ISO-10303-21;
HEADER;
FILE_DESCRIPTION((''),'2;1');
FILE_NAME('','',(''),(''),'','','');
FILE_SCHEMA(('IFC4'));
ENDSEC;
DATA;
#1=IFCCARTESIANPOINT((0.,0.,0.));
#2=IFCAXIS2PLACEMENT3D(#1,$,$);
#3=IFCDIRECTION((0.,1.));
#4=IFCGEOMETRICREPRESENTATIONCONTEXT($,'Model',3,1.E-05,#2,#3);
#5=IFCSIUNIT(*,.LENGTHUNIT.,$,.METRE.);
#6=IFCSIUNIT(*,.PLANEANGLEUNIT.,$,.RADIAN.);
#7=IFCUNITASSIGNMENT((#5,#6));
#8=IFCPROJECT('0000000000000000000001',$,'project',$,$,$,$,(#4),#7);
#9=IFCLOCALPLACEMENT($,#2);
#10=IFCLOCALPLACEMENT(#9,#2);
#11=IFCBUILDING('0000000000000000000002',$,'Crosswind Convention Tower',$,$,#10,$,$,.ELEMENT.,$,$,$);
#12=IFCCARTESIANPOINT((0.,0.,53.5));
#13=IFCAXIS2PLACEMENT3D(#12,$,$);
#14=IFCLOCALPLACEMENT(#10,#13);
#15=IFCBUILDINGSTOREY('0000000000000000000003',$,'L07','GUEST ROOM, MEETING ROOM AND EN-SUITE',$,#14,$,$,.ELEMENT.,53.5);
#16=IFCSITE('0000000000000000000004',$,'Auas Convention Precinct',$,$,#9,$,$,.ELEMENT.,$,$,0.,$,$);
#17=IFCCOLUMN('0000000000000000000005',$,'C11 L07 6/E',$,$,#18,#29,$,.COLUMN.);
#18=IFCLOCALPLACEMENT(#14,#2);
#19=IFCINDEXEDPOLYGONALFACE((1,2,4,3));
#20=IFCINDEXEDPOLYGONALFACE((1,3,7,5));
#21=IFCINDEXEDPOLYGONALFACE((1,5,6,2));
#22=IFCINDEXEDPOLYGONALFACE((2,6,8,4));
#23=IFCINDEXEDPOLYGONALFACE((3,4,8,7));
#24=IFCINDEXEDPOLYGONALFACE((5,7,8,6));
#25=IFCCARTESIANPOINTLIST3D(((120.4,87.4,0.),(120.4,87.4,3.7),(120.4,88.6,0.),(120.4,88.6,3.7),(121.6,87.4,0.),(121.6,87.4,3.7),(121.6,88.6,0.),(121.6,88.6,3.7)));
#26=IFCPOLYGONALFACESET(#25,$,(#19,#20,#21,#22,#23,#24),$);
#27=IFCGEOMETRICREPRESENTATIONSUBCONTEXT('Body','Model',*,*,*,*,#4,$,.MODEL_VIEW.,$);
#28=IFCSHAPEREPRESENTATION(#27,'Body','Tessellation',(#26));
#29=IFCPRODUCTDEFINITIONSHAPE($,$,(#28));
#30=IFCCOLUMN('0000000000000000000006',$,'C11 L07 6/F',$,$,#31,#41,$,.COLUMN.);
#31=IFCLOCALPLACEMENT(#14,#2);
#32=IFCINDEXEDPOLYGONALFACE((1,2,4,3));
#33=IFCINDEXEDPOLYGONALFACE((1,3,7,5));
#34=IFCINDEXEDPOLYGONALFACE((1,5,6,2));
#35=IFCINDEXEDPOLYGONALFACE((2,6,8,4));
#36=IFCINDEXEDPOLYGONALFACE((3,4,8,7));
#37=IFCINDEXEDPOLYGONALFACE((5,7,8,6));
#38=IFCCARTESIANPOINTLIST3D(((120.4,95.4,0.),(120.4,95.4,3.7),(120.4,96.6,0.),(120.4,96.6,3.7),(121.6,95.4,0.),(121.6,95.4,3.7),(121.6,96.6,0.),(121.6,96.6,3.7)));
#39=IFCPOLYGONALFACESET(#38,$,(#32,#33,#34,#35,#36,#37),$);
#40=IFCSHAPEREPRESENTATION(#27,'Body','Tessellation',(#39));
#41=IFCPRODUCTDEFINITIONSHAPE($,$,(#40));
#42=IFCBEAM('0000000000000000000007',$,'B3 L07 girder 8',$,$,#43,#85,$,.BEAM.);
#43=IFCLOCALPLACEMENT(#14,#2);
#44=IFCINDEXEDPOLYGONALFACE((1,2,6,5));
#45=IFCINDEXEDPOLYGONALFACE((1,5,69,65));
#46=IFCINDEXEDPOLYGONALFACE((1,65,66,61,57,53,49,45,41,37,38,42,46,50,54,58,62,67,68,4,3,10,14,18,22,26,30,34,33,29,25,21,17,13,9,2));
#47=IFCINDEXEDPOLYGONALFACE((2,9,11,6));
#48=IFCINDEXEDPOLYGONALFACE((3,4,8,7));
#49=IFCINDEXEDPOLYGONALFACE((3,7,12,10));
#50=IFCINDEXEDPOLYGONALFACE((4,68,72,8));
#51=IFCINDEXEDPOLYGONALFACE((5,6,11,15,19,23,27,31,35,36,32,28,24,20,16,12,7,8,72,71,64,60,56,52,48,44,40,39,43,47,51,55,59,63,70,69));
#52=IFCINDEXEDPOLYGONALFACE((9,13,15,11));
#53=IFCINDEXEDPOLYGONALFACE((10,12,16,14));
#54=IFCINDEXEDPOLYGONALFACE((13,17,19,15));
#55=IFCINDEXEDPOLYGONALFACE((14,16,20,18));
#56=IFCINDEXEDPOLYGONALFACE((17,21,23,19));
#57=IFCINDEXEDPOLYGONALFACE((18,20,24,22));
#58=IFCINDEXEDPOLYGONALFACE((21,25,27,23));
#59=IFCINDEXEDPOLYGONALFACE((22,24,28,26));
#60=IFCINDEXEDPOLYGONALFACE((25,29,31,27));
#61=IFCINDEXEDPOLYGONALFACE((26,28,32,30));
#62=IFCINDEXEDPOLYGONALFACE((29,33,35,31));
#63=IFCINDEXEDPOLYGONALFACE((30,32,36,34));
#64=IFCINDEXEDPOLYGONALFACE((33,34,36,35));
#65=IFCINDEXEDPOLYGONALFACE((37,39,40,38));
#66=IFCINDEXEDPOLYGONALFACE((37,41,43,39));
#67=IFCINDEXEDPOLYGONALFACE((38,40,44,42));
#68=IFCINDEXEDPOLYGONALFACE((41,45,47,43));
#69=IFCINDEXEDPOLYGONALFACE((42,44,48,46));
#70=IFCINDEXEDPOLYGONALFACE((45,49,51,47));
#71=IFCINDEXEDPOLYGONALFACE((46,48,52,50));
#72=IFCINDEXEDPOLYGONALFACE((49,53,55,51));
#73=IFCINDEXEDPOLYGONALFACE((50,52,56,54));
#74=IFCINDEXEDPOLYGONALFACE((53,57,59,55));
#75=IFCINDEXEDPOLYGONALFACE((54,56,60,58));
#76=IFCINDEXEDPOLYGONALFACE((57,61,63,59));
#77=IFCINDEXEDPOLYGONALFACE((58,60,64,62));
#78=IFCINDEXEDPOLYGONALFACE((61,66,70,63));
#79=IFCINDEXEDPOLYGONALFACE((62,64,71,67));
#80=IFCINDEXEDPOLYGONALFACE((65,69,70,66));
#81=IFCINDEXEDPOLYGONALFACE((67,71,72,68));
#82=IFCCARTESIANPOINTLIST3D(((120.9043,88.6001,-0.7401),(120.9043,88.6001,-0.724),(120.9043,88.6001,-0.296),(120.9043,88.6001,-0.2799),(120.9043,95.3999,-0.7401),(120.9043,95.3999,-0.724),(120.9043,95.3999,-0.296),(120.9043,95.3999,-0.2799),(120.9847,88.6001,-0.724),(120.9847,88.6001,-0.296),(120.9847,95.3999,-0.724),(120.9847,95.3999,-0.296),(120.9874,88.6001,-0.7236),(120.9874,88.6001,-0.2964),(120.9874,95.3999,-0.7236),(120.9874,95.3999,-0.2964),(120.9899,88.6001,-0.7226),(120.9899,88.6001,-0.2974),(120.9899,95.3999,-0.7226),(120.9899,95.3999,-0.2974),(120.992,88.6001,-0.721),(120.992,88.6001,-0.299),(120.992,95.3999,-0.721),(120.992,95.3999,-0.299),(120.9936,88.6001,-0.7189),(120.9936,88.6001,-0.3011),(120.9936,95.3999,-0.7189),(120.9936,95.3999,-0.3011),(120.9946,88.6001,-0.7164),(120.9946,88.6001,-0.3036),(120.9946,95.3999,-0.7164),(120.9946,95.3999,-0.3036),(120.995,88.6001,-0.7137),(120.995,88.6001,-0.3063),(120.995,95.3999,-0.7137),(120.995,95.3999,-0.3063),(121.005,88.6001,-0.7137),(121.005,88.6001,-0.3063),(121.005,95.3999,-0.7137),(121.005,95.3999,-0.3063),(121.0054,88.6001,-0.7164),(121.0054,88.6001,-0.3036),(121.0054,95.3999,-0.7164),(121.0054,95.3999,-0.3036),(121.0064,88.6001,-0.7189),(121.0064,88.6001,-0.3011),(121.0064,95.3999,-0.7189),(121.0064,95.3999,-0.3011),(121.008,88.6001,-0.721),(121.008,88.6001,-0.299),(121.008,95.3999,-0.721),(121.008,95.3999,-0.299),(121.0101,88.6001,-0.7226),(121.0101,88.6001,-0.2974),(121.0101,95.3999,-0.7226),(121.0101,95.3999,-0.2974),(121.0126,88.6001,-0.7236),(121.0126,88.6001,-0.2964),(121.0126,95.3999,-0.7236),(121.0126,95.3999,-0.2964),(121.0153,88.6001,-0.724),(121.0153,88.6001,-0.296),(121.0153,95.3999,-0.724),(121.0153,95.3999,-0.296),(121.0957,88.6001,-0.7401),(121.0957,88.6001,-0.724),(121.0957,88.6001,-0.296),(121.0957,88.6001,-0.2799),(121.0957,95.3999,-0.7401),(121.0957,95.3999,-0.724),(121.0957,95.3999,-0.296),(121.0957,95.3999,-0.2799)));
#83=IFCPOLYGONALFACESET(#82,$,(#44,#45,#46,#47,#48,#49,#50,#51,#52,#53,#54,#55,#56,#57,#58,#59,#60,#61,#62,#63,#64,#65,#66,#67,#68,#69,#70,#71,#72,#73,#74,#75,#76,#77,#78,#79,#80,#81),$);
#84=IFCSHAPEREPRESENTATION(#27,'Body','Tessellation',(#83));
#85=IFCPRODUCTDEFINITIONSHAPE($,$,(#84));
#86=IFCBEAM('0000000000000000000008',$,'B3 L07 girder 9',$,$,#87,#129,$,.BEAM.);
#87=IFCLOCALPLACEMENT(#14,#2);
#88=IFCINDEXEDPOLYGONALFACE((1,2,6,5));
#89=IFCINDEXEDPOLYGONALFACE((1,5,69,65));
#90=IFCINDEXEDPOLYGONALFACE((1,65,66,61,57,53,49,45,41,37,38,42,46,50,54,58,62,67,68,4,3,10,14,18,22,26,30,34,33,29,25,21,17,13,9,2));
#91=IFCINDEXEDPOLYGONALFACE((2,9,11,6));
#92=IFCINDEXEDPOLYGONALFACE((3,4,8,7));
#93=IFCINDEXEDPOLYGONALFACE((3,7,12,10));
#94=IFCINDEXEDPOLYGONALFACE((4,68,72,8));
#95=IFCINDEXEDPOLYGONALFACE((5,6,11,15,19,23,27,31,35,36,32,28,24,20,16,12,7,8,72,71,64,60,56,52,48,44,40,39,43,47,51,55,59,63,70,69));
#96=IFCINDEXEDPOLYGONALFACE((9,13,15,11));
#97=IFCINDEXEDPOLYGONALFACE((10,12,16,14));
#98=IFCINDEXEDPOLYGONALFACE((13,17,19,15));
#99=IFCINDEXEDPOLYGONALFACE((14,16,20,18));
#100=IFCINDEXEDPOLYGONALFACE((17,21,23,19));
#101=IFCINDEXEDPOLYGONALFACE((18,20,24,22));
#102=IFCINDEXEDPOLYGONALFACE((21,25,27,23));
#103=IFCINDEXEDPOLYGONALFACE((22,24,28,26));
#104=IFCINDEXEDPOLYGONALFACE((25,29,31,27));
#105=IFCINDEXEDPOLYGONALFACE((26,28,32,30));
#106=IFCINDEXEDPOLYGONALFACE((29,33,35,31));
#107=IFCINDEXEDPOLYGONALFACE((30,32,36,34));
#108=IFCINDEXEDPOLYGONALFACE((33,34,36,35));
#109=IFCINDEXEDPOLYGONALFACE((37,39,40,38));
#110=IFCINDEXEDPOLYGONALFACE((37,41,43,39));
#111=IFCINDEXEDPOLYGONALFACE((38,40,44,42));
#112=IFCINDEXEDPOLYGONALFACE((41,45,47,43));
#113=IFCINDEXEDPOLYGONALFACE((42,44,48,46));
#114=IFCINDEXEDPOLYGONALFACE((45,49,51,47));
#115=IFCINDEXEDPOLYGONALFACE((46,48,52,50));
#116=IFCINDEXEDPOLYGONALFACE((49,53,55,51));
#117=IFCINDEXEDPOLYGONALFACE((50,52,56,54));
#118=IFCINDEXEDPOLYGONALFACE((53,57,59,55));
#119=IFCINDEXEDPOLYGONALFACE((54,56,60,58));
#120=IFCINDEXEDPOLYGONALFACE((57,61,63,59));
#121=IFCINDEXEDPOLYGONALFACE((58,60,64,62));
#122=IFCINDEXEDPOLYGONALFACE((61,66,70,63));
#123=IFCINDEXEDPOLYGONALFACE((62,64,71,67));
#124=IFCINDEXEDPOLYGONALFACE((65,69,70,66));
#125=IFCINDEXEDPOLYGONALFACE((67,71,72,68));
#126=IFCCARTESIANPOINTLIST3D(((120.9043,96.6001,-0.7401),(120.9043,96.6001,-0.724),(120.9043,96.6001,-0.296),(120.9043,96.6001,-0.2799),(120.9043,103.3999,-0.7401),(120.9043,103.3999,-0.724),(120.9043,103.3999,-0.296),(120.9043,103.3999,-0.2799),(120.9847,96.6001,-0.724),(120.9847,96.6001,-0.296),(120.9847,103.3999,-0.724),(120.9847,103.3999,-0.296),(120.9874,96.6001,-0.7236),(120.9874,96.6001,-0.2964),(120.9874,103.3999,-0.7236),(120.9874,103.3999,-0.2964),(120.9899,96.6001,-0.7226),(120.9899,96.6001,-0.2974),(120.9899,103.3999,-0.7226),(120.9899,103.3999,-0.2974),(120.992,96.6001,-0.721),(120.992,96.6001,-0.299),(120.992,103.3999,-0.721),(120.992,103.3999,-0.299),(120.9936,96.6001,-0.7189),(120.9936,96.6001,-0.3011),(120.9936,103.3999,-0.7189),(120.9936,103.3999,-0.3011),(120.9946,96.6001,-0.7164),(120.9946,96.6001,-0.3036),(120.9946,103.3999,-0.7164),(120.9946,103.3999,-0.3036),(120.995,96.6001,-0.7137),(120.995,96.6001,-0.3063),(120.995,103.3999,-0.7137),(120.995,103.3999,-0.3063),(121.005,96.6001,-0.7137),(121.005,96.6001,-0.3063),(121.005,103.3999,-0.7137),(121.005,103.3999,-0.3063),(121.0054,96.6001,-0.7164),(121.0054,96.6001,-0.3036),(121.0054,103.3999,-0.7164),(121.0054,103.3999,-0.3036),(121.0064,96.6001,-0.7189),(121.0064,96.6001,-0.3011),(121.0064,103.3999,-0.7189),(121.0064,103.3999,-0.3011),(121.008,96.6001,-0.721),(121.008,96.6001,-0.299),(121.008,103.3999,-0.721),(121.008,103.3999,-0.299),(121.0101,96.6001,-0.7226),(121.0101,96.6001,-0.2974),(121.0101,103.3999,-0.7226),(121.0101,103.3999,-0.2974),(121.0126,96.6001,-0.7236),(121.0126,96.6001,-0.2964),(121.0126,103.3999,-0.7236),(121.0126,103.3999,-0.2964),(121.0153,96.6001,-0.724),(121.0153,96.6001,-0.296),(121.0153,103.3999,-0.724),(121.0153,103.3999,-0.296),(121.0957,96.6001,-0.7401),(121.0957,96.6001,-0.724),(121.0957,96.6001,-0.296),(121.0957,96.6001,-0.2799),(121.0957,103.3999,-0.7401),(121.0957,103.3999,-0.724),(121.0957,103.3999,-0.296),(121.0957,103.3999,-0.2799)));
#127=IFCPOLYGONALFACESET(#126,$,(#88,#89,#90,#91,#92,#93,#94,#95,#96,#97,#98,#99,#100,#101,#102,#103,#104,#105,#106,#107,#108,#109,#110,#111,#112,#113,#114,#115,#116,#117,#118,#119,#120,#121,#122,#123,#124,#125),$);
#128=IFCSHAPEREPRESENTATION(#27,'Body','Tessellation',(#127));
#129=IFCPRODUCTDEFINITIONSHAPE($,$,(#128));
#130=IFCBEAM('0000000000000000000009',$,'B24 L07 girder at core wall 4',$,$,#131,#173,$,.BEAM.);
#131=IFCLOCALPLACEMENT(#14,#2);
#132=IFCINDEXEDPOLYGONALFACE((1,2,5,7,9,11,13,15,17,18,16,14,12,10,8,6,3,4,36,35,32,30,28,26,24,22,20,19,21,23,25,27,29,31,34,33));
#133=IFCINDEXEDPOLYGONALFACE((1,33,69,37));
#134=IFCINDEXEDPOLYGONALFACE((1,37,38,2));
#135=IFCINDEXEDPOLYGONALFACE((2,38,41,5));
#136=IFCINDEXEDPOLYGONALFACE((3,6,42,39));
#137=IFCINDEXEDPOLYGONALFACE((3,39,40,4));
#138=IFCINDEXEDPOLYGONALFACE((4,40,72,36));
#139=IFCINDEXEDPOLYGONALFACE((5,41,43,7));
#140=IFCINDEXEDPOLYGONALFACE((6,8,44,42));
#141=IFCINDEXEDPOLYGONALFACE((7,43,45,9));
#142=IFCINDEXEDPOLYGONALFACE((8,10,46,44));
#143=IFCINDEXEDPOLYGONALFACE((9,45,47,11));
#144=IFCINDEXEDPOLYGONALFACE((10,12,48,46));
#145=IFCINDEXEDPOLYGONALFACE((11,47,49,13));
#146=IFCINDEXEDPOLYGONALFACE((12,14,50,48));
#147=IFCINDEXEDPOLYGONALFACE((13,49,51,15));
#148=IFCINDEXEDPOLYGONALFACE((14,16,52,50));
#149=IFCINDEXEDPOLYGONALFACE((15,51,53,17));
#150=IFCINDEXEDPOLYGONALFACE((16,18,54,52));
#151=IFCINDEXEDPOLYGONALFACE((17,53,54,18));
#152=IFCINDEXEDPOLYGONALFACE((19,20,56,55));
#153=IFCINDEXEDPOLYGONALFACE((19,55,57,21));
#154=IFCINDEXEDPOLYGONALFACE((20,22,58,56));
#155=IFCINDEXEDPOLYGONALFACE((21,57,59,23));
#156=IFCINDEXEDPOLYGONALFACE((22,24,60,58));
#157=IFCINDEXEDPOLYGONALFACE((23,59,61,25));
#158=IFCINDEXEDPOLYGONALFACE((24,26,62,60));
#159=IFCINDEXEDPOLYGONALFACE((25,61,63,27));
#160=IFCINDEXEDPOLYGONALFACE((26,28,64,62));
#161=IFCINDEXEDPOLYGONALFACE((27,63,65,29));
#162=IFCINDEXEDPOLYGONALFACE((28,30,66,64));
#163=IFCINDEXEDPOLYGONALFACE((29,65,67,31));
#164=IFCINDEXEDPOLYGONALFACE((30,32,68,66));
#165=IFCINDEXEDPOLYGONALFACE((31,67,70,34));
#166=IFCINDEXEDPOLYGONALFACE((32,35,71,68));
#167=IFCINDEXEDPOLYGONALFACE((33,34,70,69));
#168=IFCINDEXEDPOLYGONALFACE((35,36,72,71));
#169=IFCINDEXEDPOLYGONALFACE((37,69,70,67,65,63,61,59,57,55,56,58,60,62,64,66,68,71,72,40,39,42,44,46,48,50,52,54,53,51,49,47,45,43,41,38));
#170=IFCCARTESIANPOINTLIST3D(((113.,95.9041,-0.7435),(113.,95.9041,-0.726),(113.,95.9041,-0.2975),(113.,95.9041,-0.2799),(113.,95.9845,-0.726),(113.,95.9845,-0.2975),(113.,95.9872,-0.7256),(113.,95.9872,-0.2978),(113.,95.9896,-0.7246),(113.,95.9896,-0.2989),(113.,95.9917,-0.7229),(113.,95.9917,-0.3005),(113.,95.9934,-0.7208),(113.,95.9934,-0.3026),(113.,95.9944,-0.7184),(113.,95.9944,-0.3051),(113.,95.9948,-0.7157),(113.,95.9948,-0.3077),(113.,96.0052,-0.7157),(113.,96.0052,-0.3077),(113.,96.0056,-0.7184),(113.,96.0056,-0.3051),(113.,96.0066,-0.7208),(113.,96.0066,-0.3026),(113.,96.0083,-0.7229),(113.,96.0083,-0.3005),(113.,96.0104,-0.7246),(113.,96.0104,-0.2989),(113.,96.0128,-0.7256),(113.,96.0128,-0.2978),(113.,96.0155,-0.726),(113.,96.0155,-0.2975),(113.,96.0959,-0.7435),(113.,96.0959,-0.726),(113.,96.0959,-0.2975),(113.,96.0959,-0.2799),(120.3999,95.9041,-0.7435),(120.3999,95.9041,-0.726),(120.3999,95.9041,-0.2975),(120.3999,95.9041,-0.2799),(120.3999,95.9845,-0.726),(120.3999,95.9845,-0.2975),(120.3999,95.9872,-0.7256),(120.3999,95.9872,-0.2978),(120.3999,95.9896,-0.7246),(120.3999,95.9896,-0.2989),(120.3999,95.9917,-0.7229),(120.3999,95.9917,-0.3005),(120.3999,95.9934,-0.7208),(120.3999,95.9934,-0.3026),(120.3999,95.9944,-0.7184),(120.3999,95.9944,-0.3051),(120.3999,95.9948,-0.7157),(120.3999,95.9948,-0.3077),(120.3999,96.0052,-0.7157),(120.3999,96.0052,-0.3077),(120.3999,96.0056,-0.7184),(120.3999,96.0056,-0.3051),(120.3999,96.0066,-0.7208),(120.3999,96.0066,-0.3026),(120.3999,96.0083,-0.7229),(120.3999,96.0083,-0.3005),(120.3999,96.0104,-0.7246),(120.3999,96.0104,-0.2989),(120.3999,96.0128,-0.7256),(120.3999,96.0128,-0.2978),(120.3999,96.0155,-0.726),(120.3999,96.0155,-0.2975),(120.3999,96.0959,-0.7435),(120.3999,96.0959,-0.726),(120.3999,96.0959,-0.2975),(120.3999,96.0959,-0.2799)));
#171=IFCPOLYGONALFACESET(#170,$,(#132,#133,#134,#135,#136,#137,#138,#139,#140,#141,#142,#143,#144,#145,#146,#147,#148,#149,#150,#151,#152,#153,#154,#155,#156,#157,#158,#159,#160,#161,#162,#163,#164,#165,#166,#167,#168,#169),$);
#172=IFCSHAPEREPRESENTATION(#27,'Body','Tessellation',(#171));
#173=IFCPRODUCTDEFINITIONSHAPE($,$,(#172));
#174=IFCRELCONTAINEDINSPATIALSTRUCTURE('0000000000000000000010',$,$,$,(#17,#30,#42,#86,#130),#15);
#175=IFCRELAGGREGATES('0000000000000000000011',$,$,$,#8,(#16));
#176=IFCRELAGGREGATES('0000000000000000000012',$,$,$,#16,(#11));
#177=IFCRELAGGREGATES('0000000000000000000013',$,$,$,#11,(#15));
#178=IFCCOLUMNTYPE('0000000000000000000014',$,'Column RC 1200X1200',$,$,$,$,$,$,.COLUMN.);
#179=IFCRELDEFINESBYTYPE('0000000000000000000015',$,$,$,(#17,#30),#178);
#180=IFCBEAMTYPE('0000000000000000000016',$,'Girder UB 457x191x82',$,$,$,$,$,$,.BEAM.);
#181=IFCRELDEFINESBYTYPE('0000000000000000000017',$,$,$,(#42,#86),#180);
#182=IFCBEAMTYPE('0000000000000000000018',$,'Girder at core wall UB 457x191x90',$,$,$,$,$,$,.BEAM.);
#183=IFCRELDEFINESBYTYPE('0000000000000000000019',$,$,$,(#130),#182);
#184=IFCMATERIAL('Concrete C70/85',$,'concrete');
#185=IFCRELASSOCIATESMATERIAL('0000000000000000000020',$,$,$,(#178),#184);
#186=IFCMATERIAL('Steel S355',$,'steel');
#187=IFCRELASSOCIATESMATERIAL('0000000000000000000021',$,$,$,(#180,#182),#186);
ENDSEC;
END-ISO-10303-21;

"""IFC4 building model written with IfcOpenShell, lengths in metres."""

from ifc_helpers import new_model, si_unit, direction, frame, origin, origin_2d, place, context, subcontext, project, spatial, rectangle, i_section, extrude, material, material_profile, profile_set, type_object, element, save


model = new_model("IFC4")

# Units and contexts
model_context = context("Model", 3, precision=1e-05, world=origin(), true_north=direction((0.0, 1.0)))
body_context = subcontext(model_context, "Body", "Model", "MODEL_VIEW")
ifc_project = project(units=[si_unit("LENGTHUNIT", "METRE"), si_unit("PLANEANGLEUNIT", "RADIAN")], contexts=[model_context])

# Site, building, storey
site_placement = place(None, origin())
site = spatial("IfcSite", under=ifc_project, at=site_placement, Name="Auas Convention Precinct", CompositionType="ELEMENT", RefElevation=0.0)
building_placement = place(site_placement, origin())
building = spatial("IfcBuilding", under=site, at=building_placement, Name="Crosswind Convention Tower", CompositionType="ELEMENT")
storey_placement = place(building_placement, frame((0.0, 0.0, 53.5)))
storey = spatial("IfcBuildingStorey", under=building, at=storey_placement, Name="L07", Description="GUEST ROOM, MEETING ROOM AND EN-SUITE", CompositionType="ELEMENT", Elevation=53.5)

# Columns
ifc_material_1 = material(Name="Concrete C70/85", Category="concrete")
ifc_material_profile_1 = material_profile(ifc_material_1, rectangle(XDim=1.2, YDim=1.2, at=origin_2d()), Name="RC 1200X1200")
ifc_profile_set_1 = profile_set([ifc_material_profile_1], Name="Concrete C70/85")
column_type = type_object("IfcColumnType", Name="Column RC 1200X1200", PredefinedType="COLUMN", material=ifc_profile_set_1)
for number, where, z_axis, x_axis, name in (
    (1, (121.0, 88.0, 0.0), (0.0, 0.0, 1.0), (1.0, 0.0, 0.0), "C11 L07 6/E"),
    (2, (121.0, 96.0, 0.0), (0.0, 0.0, 1.0), (1.0, 0.0, 0.0), "C11 L07 6/F"),
):
    element("IfcColumn", number, at=place(storey_placement, frame(where, z_axis=z_axis, x_axis=x_axis)), inside=storey, type_object=column_type, Name=name, PredefinedType="COLUMN", context=body_context, shape_type="SweptSolid", body=[
        extrude(rectangle(XDim=1.2, YDim=1.2, at=origin_2d()), origin(), (0.0, 0.0, 1.0), 3.7),
    ])

# Beams
ifc_material_2 = material(Name="Steel S355", Category="steel")
ifc_material_profile_2 = material_profile(ifc_material_2, i_section(OverallWidth=0.1914, OverallDepth=0.4602, WebThickness=0.01, FlangeThickness=0.0161, FilletRadius=0.0103, at=origin_2d()), Name="UB 457x191x82")
ifc_profile_set_2 = profile_set([ifc_material_profile_2], Name="Steel S355")
beam_type_1 = type_object("IfcBeamType", Name="Girder UB 457x191x82", PredefinedType="BEAM", material=ifc_profile_set_2)
for number, where, z_axis, x_axis, name in (
    (3, (121.0, 88.6001, -0.51), (0.0, 1.0, 0.0), (-1.0, 0.0, 0.0), "B3 L07 girder 8"),
    (4, (121.0, 96.6001, -0.51), (0.0, 1.0, 0.0), (-1.0, 0.0, 0.0), "B3 L07 girder 9"),
):
    element("IfcBeam", number, at=place(storey_placement, frame(where, z_axis=z_axis, x_axis=x_axis)), inside=storey, type_object=beam_type_1, Name=name, PredefinedType="BEAM", context=body_context, shape_type="SweptSolid", body=[
        extrude(i_section(OverallWidth=0.1914, OverallDepth=0.4602, WebThickness=0.01, FlangeThickness=0.0161, FilletRadius=0.0103, at=origin_2d()), origin(), (0.0, 0.0, 1.0), 6.7998),
    ])
ifc_material_profile_3 = material_profile(ifc_material_2, i_section(OverallWidth=0.1919, OverallDepth=0.4636, WebThickness=0.0105, FlangeThickness=0.0176, FilletRadius=0.0103, at=origin_2d()), Name="UB 457x191x90")
ifc_profile_set_3 = profile_set([ifc_material_profile_3], Name="Steel S355")
beam_type_2 = type_object("IfcBeamType", Name="Girder at core wall UB 457x191x90", PredefinedType="BEAM", material=ifc_profile_set_3)
beam_1_placement = place(storey_placement, frame((113.0, 96.0, -0.5117), z_axis=(1.0, 0.0, 0.0), x_axis=(0.0, 1.0, 0.0)))
element("IfcBeam", 5, at=beam_1_placement, inside=storey, type_object=beam_type_2, Name="B24 L07 girder at core wall 4", PredefinedType="BEAM", context=body_context, shape_type="SweptSolid", body=[
    extrude(i_section(OverallWidth=0.1919, OverallDepth=0.4636, WebThickness=0.0105, FlangeThickness=0.0176, FilletRadius=0.0103, at=origin_2d()), origin(), (0.0, 0.0, 1.0), 7.3999),
])

save(model, "model.ifc")
